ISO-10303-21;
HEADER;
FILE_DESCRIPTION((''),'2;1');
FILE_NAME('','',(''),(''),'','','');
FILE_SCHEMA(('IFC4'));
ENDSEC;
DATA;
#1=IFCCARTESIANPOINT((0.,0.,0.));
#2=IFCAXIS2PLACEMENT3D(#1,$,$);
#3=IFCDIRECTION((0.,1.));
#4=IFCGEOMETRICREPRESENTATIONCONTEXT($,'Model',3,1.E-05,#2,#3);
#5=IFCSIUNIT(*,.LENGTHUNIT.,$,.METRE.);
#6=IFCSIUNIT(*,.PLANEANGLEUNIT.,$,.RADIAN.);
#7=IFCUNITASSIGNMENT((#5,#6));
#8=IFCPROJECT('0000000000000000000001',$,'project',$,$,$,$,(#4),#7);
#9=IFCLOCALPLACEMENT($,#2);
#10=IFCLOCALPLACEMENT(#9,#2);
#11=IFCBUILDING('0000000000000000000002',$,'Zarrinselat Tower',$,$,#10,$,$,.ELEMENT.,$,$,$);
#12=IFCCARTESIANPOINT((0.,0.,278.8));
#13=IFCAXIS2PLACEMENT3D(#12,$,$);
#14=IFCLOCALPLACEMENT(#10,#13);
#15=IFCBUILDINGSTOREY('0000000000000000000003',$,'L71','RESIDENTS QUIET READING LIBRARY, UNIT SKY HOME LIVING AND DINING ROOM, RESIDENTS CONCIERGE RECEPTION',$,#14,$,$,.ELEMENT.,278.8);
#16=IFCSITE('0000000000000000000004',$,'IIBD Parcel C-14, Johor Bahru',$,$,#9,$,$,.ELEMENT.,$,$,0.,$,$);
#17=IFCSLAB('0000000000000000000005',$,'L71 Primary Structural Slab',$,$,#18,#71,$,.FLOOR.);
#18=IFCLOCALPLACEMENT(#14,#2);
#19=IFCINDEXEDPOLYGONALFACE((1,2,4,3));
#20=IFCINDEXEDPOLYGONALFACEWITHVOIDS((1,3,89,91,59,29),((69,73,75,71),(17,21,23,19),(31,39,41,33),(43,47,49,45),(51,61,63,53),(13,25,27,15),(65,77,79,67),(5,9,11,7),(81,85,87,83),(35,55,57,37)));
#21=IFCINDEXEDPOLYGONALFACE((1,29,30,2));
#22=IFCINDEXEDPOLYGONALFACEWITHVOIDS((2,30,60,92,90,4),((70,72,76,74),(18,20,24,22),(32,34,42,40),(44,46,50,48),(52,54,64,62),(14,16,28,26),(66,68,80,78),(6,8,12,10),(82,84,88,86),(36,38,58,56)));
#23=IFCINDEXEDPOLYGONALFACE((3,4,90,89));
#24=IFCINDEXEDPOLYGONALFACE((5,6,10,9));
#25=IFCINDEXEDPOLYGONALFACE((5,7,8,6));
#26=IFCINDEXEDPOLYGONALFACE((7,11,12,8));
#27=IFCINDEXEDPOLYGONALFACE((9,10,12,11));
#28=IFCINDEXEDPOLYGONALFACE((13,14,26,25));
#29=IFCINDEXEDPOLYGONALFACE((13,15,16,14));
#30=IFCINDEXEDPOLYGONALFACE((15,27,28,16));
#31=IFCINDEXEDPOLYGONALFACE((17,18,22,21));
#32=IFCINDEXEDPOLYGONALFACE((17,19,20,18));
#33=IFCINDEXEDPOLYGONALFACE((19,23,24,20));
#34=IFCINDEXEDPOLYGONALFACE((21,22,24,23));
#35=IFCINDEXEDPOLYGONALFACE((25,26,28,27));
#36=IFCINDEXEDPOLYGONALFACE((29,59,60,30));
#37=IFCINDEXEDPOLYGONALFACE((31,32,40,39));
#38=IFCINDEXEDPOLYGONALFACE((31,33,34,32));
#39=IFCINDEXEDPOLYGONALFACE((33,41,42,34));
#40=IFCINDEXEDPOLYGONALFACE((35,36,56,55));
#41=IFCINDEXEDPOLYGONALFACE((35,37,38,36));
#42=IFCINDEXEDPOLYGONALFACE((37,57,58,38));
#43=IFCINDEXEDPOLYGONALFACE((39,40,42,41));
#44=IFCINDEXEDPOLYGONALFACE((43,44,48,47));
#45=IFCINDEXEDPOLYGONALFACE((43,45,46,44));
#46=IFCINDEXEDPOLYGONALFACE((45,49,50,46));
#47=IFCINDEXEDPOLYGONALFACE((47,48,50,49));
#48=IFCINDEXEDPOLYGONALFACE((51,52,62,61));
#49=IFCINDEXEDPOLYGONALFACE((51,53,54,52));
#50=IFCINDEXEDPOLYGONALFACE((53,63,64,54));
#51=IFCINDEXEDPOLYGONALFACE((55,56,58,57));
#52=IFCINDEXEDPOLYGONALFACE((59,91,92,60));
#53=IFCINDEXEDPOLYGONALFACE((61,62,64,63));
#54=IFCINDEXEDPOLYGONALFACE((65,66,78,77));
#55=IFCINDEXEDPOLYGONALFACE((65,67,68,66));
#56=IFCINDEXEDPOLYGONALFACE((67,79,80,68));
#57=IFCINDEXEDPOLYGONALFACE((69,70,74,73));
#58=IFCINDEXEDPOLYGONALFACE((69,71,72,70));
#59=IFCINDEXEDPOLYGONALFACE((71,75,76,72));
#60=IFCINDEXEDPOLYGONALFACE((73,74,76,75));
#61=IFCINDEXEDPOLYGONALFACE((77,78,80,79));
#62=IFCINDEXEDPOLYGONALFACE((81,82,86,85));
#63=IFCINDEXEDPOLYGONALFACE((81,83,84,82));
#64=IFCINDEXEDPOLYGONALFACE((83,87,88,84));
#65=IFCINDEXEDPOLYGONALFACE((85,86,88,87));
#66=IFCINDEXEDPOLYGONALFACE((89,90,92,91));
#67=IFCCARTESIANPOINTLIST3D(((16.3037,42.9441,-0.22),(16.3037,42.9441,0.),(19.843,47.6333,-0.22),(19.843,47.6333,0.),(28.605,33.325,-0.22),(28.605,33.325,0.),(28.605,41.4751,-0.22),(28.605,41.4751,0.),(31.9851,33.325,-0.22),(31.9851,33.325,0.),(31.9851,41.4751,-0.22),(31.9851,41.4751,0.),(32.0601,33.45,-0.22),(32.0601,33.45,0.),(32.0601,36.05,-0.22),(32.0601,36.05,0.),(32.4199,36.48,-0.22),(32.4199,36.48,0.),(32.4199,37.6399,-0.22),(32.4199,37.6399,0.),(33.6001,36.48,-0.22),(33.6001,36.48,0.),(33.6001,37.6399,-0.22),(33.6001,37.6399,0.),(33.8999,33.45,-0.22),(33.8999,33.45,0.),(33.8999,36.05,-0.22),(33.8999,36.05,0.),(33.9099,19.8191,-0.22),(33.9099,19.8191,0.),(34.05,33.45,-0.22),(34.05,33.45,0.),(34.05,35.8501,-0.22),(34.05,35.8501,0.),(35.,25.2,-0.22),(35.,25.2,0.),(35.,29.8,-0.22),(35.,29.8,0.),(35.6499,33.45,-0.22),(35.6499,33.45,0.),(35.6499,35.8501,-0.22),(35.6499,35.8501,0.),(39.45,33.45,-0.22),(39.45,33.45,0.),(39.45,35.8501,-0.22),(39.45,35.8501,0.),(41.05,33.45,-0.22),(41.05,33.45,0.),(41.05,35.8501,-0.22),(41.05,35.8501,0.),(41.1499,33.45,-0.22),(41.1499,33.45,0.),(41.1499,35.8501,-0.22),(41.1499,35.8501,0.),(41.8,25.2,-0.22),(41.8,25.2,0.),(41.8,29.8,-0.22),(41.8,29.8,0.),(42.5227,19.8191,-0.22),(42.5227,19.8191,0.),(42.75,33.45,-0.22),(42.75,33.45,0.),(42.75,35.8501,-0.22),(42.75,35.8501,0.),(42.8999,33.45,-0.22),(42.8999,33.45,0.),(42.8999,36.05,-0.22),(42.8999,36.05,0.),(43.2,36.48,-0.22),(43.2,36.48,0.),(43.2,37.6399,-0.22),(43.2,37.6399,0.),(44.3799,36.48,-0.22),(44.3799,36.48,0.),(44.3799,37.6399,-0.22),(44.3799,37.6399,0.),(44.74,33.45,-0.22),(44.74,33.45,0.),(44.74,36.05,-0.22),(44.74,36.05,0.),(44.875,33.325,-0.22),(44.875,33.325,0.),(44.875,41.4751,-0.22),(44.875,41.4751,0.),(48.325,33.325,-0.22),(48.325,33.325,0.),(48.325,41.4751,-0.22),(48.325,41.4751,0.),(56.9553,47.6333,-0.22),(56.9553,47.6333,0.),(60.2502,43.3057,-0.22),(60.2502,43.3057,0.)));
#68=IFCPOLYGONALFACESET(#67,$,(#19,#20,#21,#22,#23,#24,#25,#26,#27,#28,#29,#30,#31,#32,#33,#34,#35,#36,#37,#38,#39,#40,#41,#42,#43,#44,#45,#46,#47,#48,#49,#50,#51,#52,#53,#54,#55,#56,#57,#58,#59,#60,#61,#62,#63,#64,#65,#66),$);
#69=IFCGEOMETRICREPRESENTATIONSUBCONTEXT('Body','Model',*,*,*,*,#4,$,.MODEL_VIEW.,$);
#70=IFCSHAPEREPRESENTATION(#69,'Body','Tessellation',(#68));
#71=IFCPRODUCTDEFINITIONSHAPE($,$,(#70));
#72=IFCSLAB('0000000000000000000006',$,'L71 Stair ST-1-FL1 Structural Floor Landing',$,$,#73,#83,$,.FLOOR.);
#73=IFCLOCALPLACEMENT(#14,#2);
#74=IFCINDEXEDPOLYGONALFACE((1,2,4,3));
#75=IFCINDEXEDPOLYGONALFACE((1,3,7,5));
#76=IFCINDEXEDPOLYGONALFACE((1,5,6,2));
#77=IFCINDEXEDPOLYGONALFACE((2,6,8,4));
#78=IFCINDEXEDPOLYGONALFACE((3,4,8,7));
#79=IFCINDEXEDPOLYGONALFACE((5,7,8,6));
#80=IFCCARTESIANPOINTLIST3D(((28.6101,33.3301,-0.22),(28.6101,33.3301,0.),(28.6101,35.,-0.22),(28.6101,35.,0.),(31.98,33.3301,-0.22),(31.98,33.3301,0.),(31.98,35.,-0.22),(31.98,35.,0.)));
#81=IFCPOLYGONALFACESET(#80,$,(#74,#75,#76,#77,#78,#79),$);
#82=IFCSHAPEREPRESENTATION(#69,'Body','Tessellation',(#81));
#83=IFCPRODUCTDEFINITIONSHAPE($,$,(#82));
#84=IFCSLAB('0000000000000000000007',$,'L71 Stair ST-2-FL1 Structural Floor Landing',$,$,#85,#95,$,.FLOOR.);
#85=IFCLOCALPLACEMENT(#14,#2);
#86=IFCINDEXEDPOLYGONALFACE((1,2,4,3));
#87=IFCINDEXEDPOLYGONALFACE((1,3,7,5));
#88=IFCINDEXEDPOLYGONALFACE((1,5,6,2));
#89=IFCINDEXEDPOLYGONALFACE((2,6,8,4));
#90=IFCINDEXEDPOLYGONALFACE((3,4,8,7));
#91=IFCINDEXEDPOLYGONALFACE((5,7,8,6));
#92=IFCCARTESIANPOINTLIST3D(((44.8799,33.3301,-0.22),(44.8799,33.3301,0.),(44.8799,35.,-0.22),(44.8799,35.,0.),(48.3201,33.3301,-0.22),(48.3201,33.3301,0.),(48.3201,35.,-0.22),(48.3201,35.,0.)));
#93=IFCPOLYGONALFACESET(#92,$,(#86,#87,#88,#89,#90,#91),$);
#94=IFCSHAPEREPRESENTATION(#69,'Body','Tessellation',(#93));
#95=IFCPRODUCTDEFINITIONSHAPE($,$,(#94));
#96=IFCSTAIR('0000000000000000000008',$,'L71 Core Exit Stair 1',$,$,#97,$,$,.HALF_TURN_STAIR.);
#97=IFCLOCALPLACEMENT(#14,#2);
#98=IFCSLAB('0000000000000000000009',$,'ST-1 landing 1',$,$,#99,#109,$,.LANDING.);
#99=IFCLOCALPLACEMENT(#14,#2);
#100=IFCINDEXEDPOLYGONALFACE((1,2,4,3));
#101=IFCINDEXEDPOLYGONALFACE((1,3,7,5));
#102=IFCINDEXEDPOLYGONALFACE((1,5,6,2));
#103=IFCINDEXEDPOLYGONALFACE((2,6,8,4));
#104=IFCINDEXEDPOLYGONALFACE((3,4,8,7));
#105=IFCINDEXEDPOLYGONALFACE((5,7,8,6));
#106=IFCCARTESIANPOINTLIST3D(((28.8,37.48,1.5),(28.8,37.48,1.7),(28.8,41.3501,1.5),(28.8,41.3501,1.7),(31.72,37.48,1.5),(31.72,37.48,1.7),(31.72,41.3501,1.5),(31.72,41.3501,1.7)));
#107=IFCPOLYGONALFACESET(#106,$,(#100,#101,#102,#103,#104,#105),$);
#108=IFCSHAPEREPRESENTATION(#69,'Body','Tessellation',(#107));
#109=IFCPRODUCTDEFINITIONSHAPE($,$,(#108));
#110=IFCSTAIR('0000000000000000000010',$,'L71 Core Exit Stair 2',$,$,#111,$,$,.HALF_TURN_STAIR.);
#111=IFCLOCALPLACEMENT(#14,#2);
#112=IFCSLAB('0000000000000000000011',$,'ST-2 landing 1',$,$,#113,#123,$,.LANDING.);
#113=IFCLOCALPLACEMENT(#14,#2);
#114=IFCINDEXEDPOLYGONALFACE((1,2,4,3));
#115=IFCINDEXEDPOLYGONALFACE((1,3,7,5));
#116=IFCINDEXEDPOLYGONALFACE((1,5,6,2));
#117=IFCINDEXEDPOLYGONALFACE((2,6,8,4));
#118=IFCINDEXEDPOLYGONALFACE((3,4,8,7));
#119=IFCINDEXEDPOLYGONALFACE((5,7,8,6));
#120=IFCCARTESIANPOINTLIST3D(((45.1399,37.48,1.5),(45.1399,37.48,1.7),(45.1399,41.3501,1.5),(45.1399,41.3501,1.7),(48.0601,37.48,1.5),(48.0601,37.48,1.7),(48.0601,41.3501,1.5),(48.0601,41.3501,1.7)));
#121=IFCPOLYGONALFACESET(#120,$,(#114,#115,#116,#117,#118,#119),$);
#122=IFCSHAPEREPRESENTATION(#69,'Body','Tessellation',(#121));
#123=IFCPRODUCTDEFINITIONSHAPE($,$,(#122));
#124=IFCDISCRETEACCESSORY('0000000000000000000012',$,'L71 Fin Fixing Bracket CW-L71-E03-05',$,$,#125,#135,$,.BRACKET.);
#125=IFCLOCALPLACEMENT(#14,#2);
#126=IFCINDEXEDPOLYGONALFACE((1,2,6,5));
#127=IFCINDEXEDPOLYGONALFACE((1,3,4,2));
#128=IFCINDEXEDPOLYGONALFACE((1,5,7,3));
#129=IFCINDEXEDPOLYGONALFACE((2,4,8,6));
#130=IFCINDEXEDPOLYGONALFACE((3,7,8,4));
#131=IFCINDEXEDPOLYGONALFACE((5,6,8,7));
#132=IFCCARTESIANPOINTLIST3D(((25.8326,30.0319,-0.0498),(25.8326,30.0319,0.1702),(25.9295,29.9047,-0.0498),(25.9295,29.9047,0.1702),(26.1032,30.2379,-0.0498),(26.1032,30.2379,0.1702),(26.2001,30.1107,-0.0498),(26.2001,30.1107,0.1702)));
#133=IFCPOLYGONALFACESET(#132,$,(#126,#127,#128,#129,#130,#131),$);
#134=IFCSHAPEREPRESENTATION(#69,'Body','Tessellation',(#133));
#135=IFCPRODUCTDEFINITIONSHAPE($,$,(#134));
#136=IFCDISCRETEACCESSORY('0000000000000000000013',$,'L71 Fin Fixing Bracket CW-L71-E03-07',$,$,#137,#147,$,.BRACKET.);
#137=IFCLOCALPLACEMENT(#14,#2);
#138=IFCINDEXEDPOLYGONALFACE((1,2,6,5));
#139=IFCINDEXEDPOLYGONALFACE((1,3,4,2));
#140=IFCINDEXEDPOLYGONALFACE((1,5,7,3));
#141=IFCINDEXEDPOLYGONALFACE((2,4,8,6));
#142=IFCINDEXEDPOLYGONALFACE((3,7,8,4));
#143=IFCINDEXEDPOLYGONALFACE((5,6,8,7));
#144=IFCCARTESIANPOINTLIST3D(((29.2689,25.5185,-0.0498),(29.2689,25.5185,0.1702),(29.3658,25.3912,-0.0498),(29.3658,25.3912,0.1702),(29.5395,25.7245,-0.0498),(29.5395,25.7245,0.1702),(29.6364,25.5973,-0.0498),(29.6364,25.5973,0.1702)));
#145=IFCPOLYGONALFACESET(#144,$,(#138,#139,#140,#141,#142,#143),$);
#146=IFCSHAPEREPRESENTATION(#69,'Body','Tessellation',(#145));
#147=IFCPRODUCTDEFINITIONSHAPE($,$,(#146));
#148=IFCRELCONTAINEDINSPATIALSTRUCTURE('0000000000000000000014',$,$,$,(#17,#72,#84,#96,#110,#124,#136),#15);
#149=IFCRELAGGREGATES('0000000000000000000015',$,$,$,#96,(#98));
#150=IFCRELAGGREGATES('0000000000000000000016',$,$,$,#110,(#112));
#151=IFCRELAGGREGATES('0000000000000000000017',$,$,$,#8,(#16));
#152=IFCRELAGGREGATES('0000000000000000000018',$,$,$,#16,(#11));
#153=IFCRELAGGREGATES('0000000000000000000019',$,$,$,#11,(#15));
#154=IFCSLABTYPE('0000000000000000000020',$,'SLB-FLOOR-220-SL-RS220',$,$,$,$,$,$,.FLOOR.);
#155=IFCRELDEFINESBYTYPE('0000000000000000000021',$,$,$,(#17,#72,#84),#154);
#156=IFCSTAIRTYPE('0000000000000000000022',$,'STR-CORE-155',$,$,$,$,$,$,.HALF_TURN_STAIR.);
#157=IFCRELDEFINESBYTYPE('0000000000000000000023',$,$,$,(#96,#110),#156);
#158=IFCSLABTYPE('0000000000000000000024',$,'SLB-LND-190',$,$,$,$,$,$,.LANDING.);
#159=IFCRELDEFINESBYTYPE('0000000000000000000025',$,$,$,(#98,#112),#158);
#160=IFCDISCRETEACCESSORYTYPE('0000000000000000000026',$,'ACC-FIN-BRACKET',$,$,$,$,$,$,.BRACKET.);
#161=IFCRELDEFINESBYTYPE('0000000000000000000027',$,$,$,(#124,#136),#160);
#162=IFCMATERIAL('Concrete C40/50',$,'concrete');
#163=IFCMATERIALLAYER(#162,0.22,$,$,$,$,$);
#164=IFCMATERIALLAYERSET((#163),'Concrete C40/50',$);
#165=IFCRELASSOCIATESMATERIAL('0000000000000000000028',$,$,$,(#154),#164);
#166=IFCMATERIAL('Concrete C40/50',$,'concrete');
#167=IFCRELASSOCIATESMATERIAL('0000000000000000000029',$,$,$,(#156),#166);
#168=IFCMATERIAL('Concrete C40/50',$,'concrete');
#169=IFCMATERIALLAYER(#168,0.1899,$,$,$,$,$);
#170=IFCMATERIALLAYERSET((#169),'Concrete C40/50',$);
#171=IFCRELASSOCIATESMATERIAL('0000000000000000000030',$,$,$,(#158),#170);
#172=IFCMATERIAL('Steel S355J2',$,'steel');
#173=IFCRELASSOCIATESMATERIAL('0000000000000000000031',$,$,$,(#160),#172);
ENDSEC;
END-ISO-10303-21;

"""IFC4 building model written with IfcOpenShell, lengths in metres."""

from ifc_helpers import new_model, si_unit, direction, frame, origin, origin_2d, place, context, subcontext, project, spatial, polyline, rectangle, outline, extrude, material, layer, layer_set, type_object, element, aggregate, save


model = new_model("IFC4")

# Units and contexts
model_context = context("Model", 3, precision=1e-05, world=origin(), true_north=direction((0.0, 1.0)))
body_context = subcontext(model_context, "Body", "Model", "MODEL_VIEW")
ifc_project = project(units=[si_unit("LENGTHUNIT", "METRE"), si_unit("PLANEANGLEUNIT", "RADIAN")], contexts=[model_context])

# Site, building, storey
site_placement = place(None, origin())
site = spatial("IfcSite", under=ifc_project, at=site_placement, Name="IIBD Parcel C-14, Johor Bahru", CompositionType="ELEMENT", RefElevation=0.0)
building_placement = place(site_placement, origin())
building = spatial("IfcBuilding", under=site, at=building_placement, Name="Zarrinselat Tower", CompositionType="ELEMENT")
storey_placement = place(building_placement, frame((0.0, 0.0, 278.8)))
storey = spatial("IfcBuildingStorey", under=building, at=storey_placement, Name="L71", Description="RESIDENTS QUIET READING LIBRARY, UNIT SKY HOME LIVING AND DINING ROOM, RESIDENTS CONCIERGE RECEPTION", CompositionType="ELEMENT", Elevation=278.8)

# Slabs
ifc_material_1 = material(Name="Concrete C40/50", Category="concrete")
ifc_layer_1 = layer(ifc_material_1, 0.22)
ifc_layer_set_1 = layer_set([ifc_layer_1], Name="Concrete C40/50")
slab_type_1 = type_object("IfcSlabType", Name="SLB-FLOOR-220-SL-RS220", PredefinedType="FLOOR", material=ifc_layer_set_1)
slab_1_placement = place(storey_placement, frame((0.0, 0.0, -0.22)))
element("IfcSlab", 1, at=slab_1_placement, inside=storey, type_object=slab_type_1, Name="L71 Primary Structural Slab", PredefinedType="FLOOR", context=body_context, shape_type="SweptSolid", body=[
    extrude(outline(polyline([(56.9553, 47.6333), (19.843, 47.6333), (16.3037, 42.9441), (33.9099, 19.8191), (42.5227, 19.8191), (60.2502, 43.3057), (56.9553, 47.6333)]), holes=[polyline([(41.8, 25.2), (35.0, 25.2), (35.0, 29.8), (41.8, 29.8), (41.8, 25.2)]), polyline([(35.6499, 33.45), (34.05, 33.45), (34.05, 35.8501), (35.6499, 35.8501), (35.6499, 33.45)]), polyline([(41.05, 33.45), (39.45, 33.45), (39.45, 35.8501), (41.05, 35.8501), (41.05, 33.45)]), polyline([(41.1499, 33.45), (41.1499, 35.8501), (42.75, 35.8501), (42.75, 33.45), (41.1499, 33.45)]), polyline([(32.0601, 33.45), (32.0601, 36.05), (33.8999, 36.05), (33.8999, 33.45), (32.0601, 33.45)]), polyline([(44.74, 33.45), (42.8999, 33.45), (42.8999, 36.05), (44.74, 36.05), (44.74, 33.45)]), polyline([(33.6001, 36.48), (32.4199, 36.48), (32.4199, 37.6399), (33.6001, 37.6399), (33.6001, 36.48)]), polyline([(44.3799, 36.48), (43.2, 36.48), (43.2, 37.6399), (44.3799, 37.6399), (44.3799, 36.48)]), polyline([(31.9851, 33.325), (28.605, 33.325), (28.605, 41.4751), (31.9851, 41.4751), (31.9851, 33.325)]), polyline([(48.325, 33.325), (44.875, 33.325), (44.875, 41.4751), (48.325, 41.4751), (48.325, 33.325)])]), origin(), (0.0, 0.0, 1.0), 0.22),
])
slab_2_placement = place(storey_placement, frame((0.0, 0.0, -0.22)))
element("IfcSlab", 2, at=slab_2_placement, inside=storey, type_object=slab_type_1, Name="L71 Stair ST-1-FL1 Structural Floor Landing", PredefinedType="FLOOR", context=body_context, shape_type="SweptSolid", body=[
    extrude(outline(polyline([(31.98, 33.3301), (31.98, 35.0), (28.6101, 35.0), (28.6101, 33.3301), (31.98, 33.3301)])), origin(), (0.0, 0.0, 1.0), 0.22),
])
slab_3_placement = place(storey_placement, frame((0.0, 0.0, -0.22)))
element("IfcSlab", 3, at=slab_3_placement, inside=storey, type_object=slab_type_1, Name="L71 Stair ST-2-FL1 Structural Floor Landing", PredefinedType="FLOOR", context=body_context, shape_type="SweptSolid", body=[
    extrude(outline(polyline([(48.3201, 33.3301), (48.3201, 35.0), (44.8799, 35.0), (44.8799, 33.3301), (48.3201, 33.3301)])), origin(), (0.0, 0.0, 1.0), 0.22),
])

# Stairs, slabs
ifc_material_2 = material(Name="Concrete C40/50", Category="concrete")
stair_type = type_object("IfcStairType", Name="STR-CORE-155", PredefinedType="HALF_TURN_STAIR", material=ifc_material_2)
stair_1_placement = place(storey_placement, origin())
stair_1 = element("IfcStair", 4, at=stair_1_placement, inside=storey, type_object=stair_type, Name="L71 Core Exit Stair 1", PredefinedType="HALF_TURN_STAIR")
ifc_material_3 = material(Name="Concrete C40/50", Category="concrete")
ifc_layer_2 = layer(ifc_material_3, 0.1899)
ifc_layer_set_2 = layer_set([ifc_layer_2], Name="Concrete C40/50")
slab_type_2 = type_object("IfcSlabType", Name="SLB-LND-190", PredefinedType="LANDING", material=ifc_layer_set_2)
slab_4_placement = place(storey_placement, frame((0.0, 0.0, 1.5)))
slab_4 = element("IfcSlab", 5, at=slab_4_placement, type_object=slab_type_2, Name="ST-1 landing 1", PredefinedType="LANDING", context=body_context, shape_type="SweptSolid", body=[
    extrude(outline(polyline([(31.72, 37.48), (31.72, 41.3501), (28.8, 41.3501), (28.8, 37.48), (31.72, 37.48)])), origin(), (0.0, 0.0, 1.0), 0.2),
])
aggregate(stair_1, [slab_4])
stair_2_placement = place(storey_placement, origin())
stair_2 = element("IfcStair", 6, at=stair_2_placement, inside=storey, type_object=stair_type, Name="L71 Core Exit Stair 2", PredefinedType="HALF_TURN_STAIR")
slab_5_placement = place(storey_placement, frame((0.0, 0.0, 1.5)))
slab_5 = element("IfcSlab", 7, at=slab_5_placement, type_object=slab_type_2, Name="ST-2 landing 1", PredefinedType="LANDING", context=body_context, shape_type="SweptSolid", body=[
    extrude(outline(polyline([(48.0601, 37.48), (48.0601, 41.3501), (45.1399, 41.3501), (45.1399, 37.48), (48.0601, 37.48)])), origin(), (0.0, 0.0, 1.0), 0.2),
])
aggregate(stair_2, [slab_5])

# Discrete accessories
ifc_material_4 = material(Name="Steel S355J2", Category="steel")
discrete_accessory_type = type_object("IfcDiscreteAccessoryType", Name="ACC-FIN-BRACKET", PredefinedType="BRACKET", material=ifc_material_4)
for number, where, z_axis, x_axis, name in (
    (8, (26.0164, 30.0713, -0.0498), (0.0, 0.0, 1.0), (-0.795642, -0.605767, 0.0), "L71 Fin Fixing Bracket CW-L71-E03-05"),
    (9, (29.4526, 25.5579, -0.0498), (0.0, 0.0, 1.0), (-0.795642, -0.605767, 0.0), "L71 Fin Fixing Bracket CW-L71-E03-07"),
):
    element("IfcDiscreteAccessory", number, at=place(storey_placement, frame(where, z_axis=z_axis, x_axis=x_axis)), inside=storey, type_object=discrete_accessory_type, Name=name, PredefinedType="BRACKET", context=body_context, shape_type="SweptSolid", body=[
        extrude(rectangle(XDim=0.3401, YDim=0.1599, at=origin_2d()), origin(), (0.0, 0.0, 1.0), 0.22),
    ])

save(model, "model.ifc")
